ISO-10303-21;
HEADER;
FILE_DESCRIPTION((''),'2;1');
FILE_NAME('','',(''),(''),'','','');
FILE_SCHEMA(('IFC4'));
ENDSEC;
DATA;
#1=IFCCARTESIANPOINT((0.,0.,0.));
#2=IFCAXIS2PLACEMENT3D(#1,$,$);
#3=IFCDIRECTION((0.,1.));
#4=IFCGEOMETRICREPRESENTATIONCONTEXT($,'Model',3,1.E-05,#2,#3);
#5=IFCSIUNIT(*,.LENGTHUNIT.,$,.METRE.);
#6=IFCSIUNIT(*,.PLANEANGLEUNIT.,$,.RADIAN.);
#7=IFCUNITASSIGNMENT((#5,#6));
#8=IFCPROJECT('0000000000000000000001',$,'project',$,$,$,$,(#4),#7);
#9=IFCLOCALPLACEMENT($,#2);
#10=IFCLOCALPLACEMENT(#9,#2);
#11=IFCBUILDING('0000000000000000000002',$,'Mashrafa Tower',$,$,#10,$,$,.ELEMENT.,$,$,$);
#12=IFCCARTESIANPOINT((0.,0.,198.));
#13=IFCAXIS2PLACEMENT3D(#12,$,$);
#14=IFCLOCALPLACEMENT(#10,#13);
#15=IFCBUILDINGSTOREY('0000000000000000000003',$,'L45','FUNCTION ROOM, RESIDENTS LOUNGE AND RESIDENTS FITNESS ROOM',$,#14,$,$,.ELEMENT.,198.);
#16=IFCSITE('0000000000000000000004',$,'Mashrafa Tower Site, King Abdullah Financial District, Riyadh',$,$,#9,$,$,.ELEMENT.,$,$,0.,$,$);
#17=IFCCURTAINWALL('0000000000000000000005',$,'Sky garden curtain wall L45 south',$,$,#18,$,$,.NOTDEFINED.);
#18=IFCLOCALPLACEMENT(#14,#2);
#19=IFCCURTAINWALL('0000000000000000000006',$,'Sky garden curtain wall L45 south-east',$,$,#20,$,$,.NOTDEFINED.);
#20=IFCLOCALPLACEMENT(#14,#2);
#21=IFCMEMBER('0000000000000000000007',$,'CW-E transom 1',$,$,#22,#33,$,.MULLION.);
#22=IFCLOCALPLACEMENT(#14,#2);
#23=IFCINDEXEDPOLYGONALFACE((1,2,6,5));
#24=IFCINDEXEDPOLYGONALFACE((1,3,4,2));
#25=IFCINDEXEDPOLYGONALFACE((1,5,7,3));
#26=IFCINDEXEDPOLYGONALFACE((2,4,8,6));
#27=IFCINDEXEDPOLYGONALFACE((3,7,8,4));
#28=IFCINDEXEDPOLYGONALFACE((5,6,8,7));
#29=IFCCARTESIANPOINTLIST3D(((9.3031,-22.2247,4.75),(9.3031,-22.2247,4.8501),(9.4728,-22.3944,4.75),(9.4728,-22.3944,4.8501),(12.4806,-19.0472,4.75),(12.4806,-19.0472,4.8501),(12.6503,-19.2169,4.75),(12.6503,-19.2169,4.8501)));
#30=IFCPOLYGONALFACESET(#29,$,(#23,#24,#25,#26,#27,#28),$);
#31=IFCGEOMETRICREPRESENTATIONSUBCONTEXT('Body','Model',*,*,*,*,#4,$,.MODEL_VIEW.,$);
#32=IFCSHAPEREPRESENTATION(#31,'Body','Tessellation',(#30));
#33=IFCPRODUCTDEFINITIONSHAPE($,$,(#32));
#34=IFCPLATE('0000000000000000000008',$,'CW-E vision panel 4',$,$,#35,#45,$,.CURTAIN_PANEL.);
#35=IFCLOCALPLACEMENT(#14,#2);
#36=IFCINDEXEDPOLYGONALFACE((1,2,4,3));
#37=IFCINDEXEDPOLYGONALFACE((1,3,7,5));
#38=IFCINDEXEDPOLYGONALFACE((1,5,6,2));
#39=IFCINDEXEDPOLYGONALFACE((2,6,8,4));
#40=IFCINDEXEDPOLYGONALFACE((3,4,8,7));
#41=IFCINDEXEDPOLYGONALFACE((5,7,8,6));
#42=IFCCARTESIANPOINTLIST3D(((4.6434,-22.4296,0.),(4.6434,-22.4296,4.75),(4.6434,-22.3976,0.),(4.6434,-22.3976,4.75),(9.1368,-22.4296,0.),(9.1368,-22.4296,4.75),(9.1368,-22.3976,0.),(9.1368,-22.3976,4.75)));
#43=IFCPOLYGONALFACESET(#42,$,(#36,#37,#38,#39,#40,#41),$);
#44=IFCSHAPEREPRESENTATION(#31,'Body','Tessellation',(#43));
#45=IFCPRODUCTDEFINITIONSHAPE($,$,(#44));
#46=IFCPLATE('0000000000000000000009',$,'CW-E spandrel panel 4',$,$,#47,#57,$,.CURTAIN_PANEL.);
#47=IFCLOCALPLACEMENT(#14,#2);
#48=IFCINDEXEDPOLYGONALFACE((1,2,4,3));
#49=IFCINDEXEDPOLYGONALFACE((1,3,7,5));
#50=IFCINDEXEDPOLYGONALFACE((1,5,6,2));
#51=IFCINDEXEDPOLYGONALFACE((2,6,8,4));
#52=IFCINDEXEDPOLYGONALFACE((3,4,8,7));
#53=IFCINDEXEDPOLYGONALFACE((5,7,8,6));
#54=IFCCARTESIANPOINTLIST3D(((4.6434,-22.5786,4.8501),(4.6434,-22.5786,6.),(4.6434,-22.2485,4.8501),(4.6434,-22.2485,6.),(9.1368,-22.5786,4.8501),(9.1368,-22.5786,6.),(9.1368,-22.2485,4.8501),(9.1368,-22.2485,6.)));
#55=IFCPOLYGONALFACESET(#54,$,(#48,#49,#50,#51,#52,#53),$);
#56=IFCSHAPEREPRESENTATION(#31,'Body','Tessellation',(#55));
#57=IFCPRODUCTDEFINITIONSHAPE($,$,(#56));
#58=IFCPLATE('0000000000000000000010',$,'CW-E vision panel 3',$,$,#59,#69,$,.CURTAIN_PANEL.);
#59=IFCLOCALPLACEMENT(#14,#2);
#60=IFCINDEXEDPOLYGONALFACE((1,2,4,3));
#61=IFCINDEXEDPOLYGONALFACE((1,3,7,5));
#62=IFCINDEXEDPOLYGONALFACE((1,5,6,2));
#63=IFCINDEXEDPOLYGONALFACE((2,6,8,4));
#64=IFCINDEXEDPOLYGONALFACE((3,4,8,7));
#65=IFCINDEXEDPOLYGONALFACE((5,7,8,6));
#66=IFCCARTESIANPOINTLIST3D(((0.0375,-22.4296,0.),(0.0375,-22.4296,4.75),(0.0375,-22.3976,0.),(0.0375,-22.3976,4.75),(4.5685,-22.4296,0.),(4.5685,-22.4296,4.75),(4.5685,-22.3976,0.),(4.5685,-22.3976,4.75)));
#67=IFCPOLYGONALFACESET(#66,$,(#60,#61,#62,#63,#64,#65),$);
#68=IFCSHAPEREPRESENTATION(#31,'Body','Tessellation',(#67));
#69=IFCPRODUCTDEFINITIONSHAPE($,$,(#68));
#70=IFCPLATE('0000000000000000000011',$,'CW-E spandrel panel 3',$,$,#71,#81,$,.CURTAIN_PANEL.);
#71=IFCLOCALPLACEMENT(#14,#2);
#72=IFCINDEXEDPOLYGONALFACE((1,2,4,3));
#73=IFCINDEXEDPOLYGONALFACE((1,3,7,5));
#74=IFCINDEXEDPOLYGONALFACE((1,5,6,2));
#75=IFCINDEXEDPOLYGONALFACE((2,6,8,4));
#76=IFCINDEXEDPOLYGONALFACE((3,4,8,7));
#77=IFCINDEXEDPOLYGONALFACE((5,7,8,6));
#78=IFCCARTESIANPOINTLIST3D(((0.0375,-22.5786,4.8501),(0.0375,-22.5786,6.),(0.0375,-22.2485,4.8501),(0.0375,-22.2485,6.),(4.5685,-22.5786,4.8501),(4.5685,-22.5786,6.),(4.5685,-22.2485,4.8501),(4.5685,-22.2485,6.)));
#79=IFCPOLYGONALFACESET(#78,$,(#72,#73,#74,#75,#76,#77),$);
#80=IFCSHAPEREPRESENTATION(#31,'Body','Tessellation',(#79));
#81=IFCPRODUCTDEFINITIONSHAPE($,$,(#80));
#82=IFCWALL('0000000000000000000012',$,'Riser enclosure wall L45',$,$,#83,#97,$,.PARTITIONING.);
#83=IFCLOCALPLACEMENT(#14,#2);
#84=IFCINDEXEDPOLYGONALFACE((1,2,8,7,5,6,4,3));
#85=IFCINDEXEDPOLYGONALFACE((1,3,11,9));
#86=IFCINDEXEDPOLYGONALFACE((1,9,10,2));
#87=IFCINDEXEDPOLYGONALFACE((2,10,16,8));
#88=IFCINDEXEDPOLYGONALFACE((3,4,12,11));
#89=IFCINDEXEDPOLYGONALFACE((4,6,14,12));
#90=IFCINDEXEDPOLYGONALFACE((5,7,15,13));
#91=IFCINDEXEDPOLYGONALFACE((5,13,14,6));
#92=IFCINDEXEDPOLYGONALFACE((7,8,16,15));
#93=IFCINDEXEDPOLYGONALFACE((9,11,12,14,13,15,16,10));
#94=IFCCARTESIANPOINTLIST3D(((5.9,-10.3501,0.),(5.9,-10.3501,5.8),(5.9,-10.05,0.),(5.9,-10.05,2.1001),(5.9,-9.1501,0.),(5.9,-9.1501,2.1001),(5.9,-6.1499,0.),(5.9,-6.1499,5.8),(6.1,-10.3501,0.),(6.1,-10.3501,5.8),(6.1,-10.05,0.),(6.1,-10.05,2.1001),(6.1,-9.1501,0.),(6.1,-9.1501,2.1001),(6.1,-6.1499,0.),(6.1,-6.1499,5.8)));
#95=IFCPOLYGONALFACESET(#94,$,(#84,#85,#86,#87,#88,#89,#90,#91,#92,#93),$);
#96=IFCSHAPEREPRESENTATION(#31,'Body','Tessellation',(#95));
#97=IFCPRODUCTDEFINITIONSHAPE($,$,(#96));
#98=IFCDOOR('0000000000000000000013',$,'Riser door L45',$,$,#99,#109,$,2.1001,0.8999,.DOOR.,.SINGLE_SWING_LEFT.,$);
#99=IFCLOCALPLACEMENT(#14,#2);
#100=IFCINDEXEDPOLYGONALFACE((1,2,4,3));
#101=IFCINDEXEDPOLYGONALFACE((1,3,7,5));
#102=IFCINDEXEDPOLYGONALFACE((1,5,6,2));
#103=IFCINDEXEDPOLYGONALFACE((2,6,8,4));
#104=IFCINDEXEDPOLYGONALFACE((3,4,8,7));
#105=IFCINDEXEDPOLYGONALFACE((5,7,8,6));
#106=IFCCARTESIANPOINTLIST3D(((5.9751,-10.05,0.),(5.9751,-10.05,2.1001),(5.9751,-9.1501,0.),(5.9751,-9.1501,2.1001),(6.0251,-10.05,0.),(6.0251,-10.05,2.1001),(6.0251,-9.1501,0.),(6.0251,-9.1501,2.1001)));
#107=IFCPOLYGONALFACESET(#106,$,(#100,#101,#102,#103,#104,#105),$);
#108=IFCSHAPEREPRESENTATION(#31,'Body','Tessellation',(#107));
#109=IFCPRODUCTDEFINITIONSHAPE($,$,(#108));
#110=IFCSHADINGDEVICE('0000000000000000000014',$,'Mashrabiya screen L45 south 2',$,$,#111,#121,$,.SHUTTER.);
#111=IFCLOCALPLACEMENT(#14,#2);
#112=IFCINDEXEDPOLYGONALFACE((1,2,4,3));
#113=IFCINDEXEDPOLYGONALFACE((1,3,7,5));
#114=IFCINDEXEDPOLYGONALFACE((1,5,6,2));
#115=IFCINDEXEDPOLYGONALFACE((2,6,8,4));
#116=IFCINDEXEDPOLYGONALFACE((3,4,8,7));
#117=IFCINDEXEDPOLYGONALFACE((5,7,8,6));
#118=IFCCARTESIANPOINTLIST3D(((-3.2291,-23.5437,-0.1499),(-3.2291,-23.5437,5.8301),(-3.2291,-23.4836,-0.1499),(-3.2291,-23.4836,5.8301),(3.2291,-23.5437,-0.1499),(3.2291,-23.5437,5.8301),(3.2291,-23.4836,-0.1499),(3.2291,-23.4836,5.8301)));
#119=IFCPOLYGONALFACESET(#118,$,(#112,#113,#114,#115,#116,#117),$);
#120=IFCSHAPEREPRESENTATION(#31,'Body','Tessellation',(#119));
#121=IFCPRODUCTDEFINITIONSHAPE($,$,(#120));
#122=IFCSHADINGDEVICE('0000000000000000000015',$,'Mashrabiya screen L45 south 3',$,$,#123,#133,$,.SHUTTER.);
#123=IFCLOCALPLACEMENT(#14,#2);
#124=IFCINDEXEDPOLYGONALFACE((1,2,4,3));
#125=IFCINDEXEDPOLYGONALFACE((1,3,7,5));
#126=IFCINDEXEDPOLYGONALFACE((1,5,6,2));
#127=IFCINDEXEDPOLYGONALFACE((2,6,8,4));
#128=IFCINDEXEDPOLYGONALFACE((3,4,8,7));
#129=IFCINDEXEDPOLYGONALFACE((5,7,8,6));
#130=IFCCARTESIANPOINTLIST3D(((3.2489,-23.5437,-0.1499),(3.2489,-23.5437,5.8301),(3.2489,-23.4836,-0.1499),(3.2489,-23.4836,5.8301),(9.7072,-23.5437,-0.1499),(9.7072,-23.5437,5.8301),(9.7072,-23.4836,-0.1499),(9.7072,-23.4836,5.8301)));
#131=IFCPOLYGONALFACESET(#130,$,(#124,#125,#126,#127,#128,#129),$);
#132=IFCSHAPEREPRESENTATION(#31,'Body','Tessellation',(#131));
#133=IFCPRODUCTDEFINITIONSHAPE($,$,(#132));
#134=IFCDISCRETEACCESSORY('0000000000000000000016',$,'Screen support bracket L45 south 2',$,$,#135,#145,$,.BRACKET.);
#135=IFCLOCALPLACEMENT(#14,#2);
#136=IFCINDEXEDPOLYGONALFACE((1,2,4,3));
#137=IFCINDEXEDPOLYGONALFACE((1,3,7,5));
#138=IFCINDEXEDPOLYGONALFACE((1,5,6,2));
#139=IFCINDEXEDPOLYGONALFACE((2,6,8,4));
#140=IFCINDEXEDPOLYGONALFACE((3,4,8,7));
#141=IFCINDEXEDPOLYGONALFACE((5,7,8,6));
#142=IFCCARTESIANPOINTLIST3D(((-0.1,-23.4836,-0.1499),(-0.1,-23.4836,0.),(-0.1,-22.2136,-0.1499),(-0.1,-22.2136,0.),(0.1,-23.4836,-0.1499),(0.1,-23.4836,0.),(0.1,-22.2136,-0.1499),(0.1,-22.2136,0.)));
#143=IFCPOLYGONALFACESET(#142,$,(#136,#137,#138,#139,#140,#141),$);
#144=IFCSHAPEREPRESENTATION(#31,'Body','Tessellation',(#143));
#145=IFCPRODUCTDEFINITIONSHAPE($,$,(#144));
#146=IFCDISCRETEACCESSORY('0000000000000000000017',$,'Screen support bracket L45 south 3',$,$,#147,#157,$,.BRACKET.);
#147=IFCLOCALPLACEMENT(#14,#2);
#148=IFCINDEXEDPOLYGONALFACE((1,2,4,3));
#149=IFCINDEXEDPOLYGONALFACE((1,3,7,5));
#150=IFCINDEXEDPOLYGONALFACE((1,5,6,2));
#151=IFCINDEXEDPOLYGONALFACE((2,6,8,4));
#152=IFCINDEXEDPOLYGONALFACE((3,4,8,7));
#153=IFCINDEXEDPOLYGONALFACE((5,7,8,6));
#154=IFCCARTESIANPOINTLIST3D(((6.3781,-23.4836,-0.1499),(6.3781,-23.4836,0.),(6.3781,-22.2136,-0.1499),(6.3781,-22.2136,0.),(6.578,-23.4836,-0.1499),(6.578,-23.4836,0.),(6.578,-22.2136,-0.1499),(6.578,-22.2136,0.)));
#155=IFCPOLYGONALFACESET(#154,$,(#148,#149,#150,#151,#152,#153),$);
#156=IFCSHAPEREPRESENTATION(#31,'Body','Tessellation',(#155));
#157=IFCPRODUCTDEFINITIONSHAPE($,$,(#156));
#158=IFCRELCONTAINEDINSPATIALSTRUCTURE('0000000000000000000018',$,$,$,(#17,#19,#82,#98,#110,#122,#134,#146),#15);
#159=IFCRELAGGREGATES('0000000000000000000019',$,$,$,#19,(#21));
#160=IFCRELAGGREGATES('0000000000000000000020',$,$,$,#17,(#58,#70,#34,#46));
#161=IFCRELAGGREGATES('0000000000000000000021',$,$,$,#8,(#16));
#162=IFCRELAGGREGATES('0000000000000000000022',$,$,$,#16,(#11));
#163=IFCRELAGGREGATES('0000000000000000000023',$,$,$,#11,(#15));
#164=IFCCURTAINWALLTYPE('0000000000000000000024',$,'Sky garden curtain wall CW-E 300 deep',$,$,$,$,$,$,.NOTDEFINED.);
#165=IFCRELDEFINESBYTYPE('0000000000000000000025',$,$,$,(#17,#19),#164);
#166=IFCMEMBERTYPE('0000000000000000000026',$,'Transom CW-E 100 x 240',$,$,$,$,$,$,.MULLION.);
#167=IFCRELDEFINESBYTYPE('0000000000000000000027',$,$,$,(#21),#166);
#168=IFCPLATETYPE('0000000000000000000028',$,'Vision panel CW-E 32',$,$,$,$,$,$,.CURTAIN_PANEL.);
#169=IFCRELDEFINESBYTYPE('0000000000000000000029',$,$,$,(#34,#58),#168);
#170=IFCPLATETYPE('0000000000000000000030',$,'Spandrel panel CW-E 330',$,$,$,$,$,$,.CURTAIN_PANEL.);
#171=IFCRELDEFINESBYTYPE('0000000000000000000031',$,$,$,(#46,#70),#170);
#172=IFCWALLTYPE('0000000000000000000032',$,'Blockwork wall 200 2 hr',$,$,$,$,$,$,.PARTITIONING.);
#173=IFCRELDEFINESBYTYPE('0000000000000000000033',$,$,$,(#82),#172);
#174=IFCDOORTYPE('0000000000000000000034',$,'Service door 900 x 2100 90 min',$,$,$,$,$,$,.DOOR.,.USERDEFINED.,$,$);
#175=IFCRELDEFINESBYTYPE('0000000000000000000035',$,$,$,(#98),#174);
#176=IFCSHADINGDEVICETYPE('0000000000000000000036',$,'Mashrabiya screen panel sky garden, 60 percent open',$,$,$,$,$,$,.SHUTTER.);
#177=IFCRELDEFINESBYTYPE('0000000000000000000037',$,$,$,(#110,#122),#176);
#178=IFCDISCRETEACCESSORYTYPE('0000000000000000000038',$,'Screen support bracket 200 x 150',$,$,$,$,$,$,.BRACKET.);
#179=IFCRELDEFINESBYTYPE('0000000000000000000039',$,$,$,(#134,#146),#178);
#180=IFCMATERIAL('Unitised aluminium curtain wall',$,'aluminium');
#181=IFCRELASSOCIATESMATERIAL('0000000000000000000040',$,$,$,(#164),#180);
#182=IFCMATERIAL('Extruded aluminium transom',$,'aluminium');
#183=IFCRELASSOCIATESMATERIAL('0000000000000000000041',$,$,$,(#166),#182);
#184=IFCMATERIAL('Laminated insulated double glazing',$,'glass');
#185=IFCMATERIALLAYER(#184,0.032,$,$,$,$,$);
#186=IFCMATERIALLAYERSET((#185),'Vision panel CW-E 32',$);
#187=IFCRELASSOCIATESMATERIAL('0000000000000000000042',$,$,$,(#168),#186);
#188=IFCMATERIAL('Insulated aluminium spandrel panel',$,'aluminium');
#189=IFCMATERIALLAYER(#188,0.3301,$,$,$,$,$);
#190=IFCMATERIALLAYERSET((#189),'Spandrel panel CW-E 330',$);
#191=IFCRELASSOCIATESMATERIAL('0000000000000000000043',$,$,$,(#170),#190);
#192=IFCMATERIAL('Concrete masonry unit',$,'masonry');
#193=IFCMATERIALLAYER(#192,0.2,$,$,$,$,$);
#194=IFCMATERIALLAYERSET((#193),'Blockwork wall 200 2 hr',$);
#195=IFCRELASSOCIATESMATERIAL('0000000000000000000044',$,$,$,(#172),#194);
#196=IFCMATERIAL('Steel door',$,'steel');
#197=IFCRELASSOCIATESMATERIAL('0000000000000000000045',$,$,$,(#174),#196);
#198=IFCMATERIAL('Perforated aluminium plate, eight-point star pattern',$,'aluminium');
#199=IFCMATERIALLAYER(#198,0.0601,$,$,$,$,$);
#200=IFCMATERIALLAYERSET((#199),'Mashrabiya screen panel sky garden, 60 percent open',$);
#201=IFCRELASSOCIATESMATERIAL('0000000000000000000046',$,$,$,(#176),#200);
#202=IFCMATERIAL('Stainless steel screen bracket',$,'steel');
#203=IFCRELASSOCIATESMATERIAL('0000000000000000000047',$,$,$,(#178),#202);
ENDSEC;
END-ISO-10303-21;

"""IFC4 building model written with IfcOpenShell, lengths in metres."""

from ifc_helpers import new_model, si_unit, direction, frame, frame_2d, origin, origin_2d, place, context, subcontext, project, spatial, rectangle, extrude, source, transform, mapped, material, layer, layer_set, material_profile, profile_set, type_object, type_shapes, element, fill, aggregate, save


model = new_model("IFC4")

# Units and contexts
model_context = context("Model", 3, precision=1e-05, world=origin(), true_north=direction((0.0, 1.0)))
body_context = subcontext(model_context, "Body", "Model", "MODEL_VIEW")
ifc_project = project(units=[si_unit("LENGTHUNIT", "METRE"), si_unit("PLANEANGLEUNIT", "RADIAN")], contexts=[model_context])

# Site, building, storey
site_placement = place(None, origin())
site = spatial("IfcSite", under=ifc_project, at=site_placement, Name="Mashrafa Tower Site, King Abdullah Financial District, Riyadh", CompositionType="ELEMENT", RefElevation=0.0)
building_placement = place(site_placement, origin())
building = spatial("IfcBuilding", under=site, at=building_placement, Name="Mashrafa Tower", CompositionType="ELEMENT")
storey_placement = place(building_placement, frame((0.0, 0.0, 198.0)))
storey = spatial("IfcBuildingStorey", under=building, at=storey_placement, Name="L45", Description="FUNCTION ROOM, RESIDENTS LOUNGE AND RESIDENTS FITNESS ROOM", CompositionType="ELEMENT", Elevation=198.0)

# Curtain wall
ifc_material_1 = material(Name="Unitised aluminium curtain wall", Category="aluminium")
curtain_wall_type = type_object("IfcCurtainWallType", Name="Sky garden curtain wall CW-E 300 deep", PredefinedType="NOTDEFINED", material=ifc_material_1)
curtain_wall_1_placement = place(storey_placement, origin())
curtain_wall_1 = element("IfcCurtainWall", 1, at=curtain_wall_1_placement, inside=storey, type_object=curtain_wall_type, Name="Sky garden curtain wall L45 south", PredefinedType="NOTDEFINED")

# Curtain wall
curtain_wall_2_placement = place(storey_placement, origin())
curtain_wall_2 = element("IfcCurtainWall", 2, at=curtain_wall_2_placement, inside=storey, type_object=curtain_wall_type, Name="Sky garden curtain wall L45 south-east", PredefinedType="NOTDEFINED")

# Member
ifc_material_2 = material(Name="Extruded aluminium transom", Category="aluminium")
ifc_material_profile_1 = material_profile(ifc_material_2, rectangle(XDim=0.24, YDim=0.1001, at=origin_2d()), Name="Transom 100x240")
ifc_profile_set_1 = profile_set([ifc_material_profile_1], Name="Extruded aluminium transom")
member_type_1 = type_object("IfcMemberType", Name="Transom CW-E 100 x 240", PredefinedType="MULLION", material=ifc_profile_set_1)
shared_shape_1 = source(origin(), body_context, "Body", "SweptSolid", [
    extrude(rectangle(XDim=0.24, YDim=0.1001, at=origin_2d()), origin(), (0.0, 0.0, 1.0), 4.4937),
])
member_1_placement = place(storey_placement, frame((9.3879, -22.3096, 4.8), z_axis=(0.707107, 0.707107, 0.0), x_axis=(-0.707107, 0.707107, 0.0)))
member_1 = element("IfcMember", 3, at=member_1_placement, type_object=member_type_1, Name="CW-E transom 1", PredefinedType="MULLION", context=body_context, shape_type="MappedRepresentation", body=[
    mapped(shared_shape_1, transform((0.0, 0.0, 0.0))),
])
aggregate(curtain_wall_2, [member_1])

# Plates
ifc_material_3 = material(Name="Laminated insulated double glazing", Category="glass")
ifc_layer_1 = layer(ifc_material_3, 0.032)
ifc_layer_set_1 = layer_set([ifc_layer_1], Name="Vision panel CW-E 32")
plate_type_1 = type_object("IfcPlateType", Name="Vision panel CW-E 32", PredefinedType="CURTAIN_PANEL", material=ifc_layer_set_1)
shared_shape_2 = source(origin(), body_context, "Body", "SweptSolid", [
    extrude(rectangle(XDim=4.4934, YDim=0.032, at=origin_2d()), origin(), (0.0, 0.0, 1.0), 4.75),
])
plate_1_placement = place(storey_placement, frame((6.8901, -22.4136, 0.0), z_axis=(0.0, 0.0, 1.0), x_axis=(1.0, 0.0, 0.0)))
plate_1 = element("IfcPlate", 4, at=plate_1_placement, type_object=plate_type_1, Name="CW-E vision panel 4", PredefinedType="CURTAIN_PANEL", context=body_context, shape_type="MappedRepresentation", body=[
    mapped(shared_shape_2, transform((0.0, 0.0, 0.0))),
])
ifc_material_4 = material(Name="Insulated aluminium spandrel panel", Category="aluminium")
ifc_layer_2 = layer(ifc_material_4, 0.3301)
ifc_layer_set_2 = layer_set([ifc_layer_2], Name="Spandrel panel CW-E 330")
plate_type_2 = type_object("IfcPlateType", Name="Spandrel panel CW-E 330", PredefinedType="CURTAIN_PANEL", material=ifc_layer_set_2)
shared_shape_3 = source(origin(), body_context, "Body", "SweptSolid", [
    extrude(rectangle(XDim=4.4934, YDim=0.3301, at=origin_2d()), origin(), (0.0, 0.0, 1.0), 1.1499),
])
plate_2_placement = place(storey_placement, frame((6.8901, -22.4136, 4.8501), z_axis=(0.0, 0.0, 1.0), x_axis=(1.0, 0.0, 0.0)))
plate_2 = element("IfcPlate", 5, at=plate_2_placement, type_object=plate_type_2, Name="CW-E spandrel panel 4", PredefinedType="CURTAIN_PANEL", context=body_context, shape_type="MappedRepresentation", body=[
    mapped(shared_shape_3, transform((0.0, 0.0, 0.0))),
])
shared_shape_4 = source(origin(), body_context, "Body", "SweptSolid", [
    extrude(rectangle(XDim=4.531, YDim=0.032, at=origin_2d()), origin(), (0.0, 0.0, 1.0), 4.75),
])
type_shapes(plate_type_1, [shared_shape_2, shared_shape_4])
plate_3_placement = place(storey_placement, frame((2.303, -22.4136, 0.0), z_axis=(0.0, 0.0, 1.0), x_axis=(1.0, 0.0, 0.0)))
plate_3 = element("IfcPlate", 6, at=plate_3_placement, type_object=plate_type_1, Name="CW-E vision panel 3", PredefinedType="CURTAIN_PANEL", context=body_context, shape_type="MappedRepresentation", body=[
    mapped(shared_shape_4, transform((0.0, 0.0, 0.0))),
])
shared_shape_5 = source(origin(), body_context, "Body", "SweptSolid", [
    extrude(rectangle(XDim=4.531, YDim=0.3301, at=origin_2d()), origin(), (0.0, 0.0, 1.0), 1.1499),
])
type_shapes(plate_type_2, [shared_shape_3, shared_shape_5])
plate_4_placement = place(storey_placement, frame((2.303, -22.4136, 4.8501), z_axis=(0.0, 0.0, 1.0), x_axis=(1.0, 0.0, 0.0)))
plate_4 = element("IfcPlate", 7, at=plate_4_placement, type_object=plate_type_2, Name="CW-E spandrel panel 3", PredefinedType="CURTAIN_PANEL", context=body_context, shape_type="MappedRepresentation", body=[
    mapped(shared_shape_5, transform((0.0, 0.0, 0.0))),
])
aggregate(curtain_wall_1, [plate_3, plate_4, plate_1, plate_2])

# Wall, opening, door
ifc_material_5 = material(Name="Concrete masonry unit", Category="masonry")
ifc_layer_3 = layer(ifc_material_5, 0.2)
ifc_layer_set_3 = layer_set([ifc_layer_3], Name="Blockwork wall 200 2 hr")
wall_type = type_object("IfcWallType", Name="Blockwork wall 200 2 hr", PredefinedType="PARTITIONING", material=ifc_layer_set_3)
wall_placement = place(storey_placement, frame((6.0, -10.3501, 0.0), z_axis=(0.0, 0.0, 1.0), x_axis=(0.0, 1.0, 0.0)))
wall = element("IfcWall", 8, at=wall_placement, inside=storey, type_object=wall_type, Name="Riser enclosure wall L45", PredefinedType="PARTITIONING", context=body_context, shape_type="SweptSolid", body=[
    extrude(rectangle(XDim=4.2002, YDim=0.2, at=frame_2d((2.1001, 0.0))), origin(), (0.0, 0.0, 1.0), 5.8),
])
opening_placement = place(wall_placement, frame((0.3, 0.0, 0.0)))
opening = element("IfcOpeningElement", 9, at=opening_placement, cuts=wall, PredefinedType="OPENING", context=body_context, shape_type="SweptSolid", body=[
    extrude(rectangle(XDim=0.8999, YDim=2.1001, at=frame_2d((0.45, 1.05))), frame((0.0, 0.1099, 0.0), z_axis=(0.0, -1.0, 0.0), x_axis=(1.0, 0.0, 0.0)), (0.0, 0.0, 1.0), 0.22),
])
ifc_material_6 = material(Name="Steel door", Category="steel")
door_type = type_object("IfcDoorType", Name="Service door 900 x 2100 90 min", OperationType="USERDEFINED", PredefinedType="DOOR", material=ifc_material_6)
door_placement = place(opening_placement, origin())
door = element("IfcDoor", 10, at=door_placement, inside=storey, type_object=door_type, Name="Riser door L45", OperationType="SINGLE_SWING_LEFT", OverallHeight=2.1001, OverallWidth=0.8999, PredefinedType="DOOR", context=body_context, shape_type="SweptSolid", body=[
    extrude(rectangle(XDim=0.8999, YDim=2.1001, at=frame_2d((0.45, 1.05))), frame((0.0, 0.0249, 0.0), z_axis=(0.0, -1.0, 0.0), x_axis=(1.0, 0.0, 0.0)), (0.0, 0.0, 1.0), 0.05),
])
fill(opening, door)

# Shading devices
ifc_material_7 = material(Name="Perforated aluminium plate, eight-point star pattern", Category="aluminium")
ifc_layer_4 = layer(ifc_material_7, 0.0601)
ifc_layer_set_4 = layer_set([ifc_layer_4], Name="Mashrabiya screen panel sky garden, 60 percent open")
shading_device_type = type_object("IfcShadingDeviceType", Name="Mashrabiya screen panel sky garden, 60 percent open", PredefinedType="SHUTTER", material=ifc_layer_set_4)
shared_shape_6 = source(origin(), body_context, "Body", "SweptSolid", [
    extrude(rectangle(XDim=6.4583, YDim=0.0601, at=origin_2d()), origin(), (0.0, 0.0, 1.0), 5.98),
])
type_shapes(shading_device_type, [shared_shape_6])
for number, where, z_axis, x_axis, name in (
    (11, (0.0, -23.5137, -0.1499), (0.0, 0.0, 1.0), (1.0, 0.0, 0.0), "Mashrabiya screen L45 south 2"),
    (12, (6.478, -23.5137, -0.1499), (0.0, 0.0, 1.0), (1.0, 0.0, 0.0), "Mashrabiya screen L45 south 3"),
):
    element("IfcShadingDevice", number, at=place(storey_placement, frame(where, z_axis=z_axis, x_axis=x_axis)), inside=storey, type_object=shading_device_type, Name=name, PredefinedType="SHUTTER", context=body_context, shape_type="MappedRepresentation", body=[
        mapped(shared_shape_6, transform((0.0, 0.0, 0.0))),
    ])

# Discrete accessories
ifc_material_8 = material(Name="Stainless steel screen bracket", Category="steel")
discrete_accessory_type = type_object("IfcDiscreteAccessoryType", Name="Screen support bracket 200 x 150", PredefinedType="BRACKET", material=ifc_material_8)
shared_shape_7 = source(origin(), body_context, "Body", "SweptSolid", [
    extrude(rectangle(XDim=0.2, YDim=1.27, at=origin_2d()), origin(), (0.0, 0.0, 1.0), 0.1499),
])
type_shapes(discrete_accessory_type, [shared_shape_7])
for number, where, z_axis, x_axis, name in (
    (13, (0.0, -22.8486, -0.1499), (0.0, 0.0, 1.0), (1.0, 0.0, 0.0), "Screen support bracket L45 south 2"),
    (14, (6.478, -22.8486, -0.1499), (0.0, 0.0, 1.0), (1.0, 0.0, 0.0), "Screen support bracket L45 south 3"),
):
    element("IfcDiscreteAccessory", number, at=place(storey_placement, frame(where, z_axis=z_axis, x_axis=x_axis)), inside=storey, type_object=discrete_accessory_type, Name=name, PredefinedType="BRACKET", context=body_context, shape_type="MappedRepresentation", body=[
        mapped(shared_shape_7, transform((0.0, 0.0, 0.0))),
    ])

save(model, "model.ifc")
